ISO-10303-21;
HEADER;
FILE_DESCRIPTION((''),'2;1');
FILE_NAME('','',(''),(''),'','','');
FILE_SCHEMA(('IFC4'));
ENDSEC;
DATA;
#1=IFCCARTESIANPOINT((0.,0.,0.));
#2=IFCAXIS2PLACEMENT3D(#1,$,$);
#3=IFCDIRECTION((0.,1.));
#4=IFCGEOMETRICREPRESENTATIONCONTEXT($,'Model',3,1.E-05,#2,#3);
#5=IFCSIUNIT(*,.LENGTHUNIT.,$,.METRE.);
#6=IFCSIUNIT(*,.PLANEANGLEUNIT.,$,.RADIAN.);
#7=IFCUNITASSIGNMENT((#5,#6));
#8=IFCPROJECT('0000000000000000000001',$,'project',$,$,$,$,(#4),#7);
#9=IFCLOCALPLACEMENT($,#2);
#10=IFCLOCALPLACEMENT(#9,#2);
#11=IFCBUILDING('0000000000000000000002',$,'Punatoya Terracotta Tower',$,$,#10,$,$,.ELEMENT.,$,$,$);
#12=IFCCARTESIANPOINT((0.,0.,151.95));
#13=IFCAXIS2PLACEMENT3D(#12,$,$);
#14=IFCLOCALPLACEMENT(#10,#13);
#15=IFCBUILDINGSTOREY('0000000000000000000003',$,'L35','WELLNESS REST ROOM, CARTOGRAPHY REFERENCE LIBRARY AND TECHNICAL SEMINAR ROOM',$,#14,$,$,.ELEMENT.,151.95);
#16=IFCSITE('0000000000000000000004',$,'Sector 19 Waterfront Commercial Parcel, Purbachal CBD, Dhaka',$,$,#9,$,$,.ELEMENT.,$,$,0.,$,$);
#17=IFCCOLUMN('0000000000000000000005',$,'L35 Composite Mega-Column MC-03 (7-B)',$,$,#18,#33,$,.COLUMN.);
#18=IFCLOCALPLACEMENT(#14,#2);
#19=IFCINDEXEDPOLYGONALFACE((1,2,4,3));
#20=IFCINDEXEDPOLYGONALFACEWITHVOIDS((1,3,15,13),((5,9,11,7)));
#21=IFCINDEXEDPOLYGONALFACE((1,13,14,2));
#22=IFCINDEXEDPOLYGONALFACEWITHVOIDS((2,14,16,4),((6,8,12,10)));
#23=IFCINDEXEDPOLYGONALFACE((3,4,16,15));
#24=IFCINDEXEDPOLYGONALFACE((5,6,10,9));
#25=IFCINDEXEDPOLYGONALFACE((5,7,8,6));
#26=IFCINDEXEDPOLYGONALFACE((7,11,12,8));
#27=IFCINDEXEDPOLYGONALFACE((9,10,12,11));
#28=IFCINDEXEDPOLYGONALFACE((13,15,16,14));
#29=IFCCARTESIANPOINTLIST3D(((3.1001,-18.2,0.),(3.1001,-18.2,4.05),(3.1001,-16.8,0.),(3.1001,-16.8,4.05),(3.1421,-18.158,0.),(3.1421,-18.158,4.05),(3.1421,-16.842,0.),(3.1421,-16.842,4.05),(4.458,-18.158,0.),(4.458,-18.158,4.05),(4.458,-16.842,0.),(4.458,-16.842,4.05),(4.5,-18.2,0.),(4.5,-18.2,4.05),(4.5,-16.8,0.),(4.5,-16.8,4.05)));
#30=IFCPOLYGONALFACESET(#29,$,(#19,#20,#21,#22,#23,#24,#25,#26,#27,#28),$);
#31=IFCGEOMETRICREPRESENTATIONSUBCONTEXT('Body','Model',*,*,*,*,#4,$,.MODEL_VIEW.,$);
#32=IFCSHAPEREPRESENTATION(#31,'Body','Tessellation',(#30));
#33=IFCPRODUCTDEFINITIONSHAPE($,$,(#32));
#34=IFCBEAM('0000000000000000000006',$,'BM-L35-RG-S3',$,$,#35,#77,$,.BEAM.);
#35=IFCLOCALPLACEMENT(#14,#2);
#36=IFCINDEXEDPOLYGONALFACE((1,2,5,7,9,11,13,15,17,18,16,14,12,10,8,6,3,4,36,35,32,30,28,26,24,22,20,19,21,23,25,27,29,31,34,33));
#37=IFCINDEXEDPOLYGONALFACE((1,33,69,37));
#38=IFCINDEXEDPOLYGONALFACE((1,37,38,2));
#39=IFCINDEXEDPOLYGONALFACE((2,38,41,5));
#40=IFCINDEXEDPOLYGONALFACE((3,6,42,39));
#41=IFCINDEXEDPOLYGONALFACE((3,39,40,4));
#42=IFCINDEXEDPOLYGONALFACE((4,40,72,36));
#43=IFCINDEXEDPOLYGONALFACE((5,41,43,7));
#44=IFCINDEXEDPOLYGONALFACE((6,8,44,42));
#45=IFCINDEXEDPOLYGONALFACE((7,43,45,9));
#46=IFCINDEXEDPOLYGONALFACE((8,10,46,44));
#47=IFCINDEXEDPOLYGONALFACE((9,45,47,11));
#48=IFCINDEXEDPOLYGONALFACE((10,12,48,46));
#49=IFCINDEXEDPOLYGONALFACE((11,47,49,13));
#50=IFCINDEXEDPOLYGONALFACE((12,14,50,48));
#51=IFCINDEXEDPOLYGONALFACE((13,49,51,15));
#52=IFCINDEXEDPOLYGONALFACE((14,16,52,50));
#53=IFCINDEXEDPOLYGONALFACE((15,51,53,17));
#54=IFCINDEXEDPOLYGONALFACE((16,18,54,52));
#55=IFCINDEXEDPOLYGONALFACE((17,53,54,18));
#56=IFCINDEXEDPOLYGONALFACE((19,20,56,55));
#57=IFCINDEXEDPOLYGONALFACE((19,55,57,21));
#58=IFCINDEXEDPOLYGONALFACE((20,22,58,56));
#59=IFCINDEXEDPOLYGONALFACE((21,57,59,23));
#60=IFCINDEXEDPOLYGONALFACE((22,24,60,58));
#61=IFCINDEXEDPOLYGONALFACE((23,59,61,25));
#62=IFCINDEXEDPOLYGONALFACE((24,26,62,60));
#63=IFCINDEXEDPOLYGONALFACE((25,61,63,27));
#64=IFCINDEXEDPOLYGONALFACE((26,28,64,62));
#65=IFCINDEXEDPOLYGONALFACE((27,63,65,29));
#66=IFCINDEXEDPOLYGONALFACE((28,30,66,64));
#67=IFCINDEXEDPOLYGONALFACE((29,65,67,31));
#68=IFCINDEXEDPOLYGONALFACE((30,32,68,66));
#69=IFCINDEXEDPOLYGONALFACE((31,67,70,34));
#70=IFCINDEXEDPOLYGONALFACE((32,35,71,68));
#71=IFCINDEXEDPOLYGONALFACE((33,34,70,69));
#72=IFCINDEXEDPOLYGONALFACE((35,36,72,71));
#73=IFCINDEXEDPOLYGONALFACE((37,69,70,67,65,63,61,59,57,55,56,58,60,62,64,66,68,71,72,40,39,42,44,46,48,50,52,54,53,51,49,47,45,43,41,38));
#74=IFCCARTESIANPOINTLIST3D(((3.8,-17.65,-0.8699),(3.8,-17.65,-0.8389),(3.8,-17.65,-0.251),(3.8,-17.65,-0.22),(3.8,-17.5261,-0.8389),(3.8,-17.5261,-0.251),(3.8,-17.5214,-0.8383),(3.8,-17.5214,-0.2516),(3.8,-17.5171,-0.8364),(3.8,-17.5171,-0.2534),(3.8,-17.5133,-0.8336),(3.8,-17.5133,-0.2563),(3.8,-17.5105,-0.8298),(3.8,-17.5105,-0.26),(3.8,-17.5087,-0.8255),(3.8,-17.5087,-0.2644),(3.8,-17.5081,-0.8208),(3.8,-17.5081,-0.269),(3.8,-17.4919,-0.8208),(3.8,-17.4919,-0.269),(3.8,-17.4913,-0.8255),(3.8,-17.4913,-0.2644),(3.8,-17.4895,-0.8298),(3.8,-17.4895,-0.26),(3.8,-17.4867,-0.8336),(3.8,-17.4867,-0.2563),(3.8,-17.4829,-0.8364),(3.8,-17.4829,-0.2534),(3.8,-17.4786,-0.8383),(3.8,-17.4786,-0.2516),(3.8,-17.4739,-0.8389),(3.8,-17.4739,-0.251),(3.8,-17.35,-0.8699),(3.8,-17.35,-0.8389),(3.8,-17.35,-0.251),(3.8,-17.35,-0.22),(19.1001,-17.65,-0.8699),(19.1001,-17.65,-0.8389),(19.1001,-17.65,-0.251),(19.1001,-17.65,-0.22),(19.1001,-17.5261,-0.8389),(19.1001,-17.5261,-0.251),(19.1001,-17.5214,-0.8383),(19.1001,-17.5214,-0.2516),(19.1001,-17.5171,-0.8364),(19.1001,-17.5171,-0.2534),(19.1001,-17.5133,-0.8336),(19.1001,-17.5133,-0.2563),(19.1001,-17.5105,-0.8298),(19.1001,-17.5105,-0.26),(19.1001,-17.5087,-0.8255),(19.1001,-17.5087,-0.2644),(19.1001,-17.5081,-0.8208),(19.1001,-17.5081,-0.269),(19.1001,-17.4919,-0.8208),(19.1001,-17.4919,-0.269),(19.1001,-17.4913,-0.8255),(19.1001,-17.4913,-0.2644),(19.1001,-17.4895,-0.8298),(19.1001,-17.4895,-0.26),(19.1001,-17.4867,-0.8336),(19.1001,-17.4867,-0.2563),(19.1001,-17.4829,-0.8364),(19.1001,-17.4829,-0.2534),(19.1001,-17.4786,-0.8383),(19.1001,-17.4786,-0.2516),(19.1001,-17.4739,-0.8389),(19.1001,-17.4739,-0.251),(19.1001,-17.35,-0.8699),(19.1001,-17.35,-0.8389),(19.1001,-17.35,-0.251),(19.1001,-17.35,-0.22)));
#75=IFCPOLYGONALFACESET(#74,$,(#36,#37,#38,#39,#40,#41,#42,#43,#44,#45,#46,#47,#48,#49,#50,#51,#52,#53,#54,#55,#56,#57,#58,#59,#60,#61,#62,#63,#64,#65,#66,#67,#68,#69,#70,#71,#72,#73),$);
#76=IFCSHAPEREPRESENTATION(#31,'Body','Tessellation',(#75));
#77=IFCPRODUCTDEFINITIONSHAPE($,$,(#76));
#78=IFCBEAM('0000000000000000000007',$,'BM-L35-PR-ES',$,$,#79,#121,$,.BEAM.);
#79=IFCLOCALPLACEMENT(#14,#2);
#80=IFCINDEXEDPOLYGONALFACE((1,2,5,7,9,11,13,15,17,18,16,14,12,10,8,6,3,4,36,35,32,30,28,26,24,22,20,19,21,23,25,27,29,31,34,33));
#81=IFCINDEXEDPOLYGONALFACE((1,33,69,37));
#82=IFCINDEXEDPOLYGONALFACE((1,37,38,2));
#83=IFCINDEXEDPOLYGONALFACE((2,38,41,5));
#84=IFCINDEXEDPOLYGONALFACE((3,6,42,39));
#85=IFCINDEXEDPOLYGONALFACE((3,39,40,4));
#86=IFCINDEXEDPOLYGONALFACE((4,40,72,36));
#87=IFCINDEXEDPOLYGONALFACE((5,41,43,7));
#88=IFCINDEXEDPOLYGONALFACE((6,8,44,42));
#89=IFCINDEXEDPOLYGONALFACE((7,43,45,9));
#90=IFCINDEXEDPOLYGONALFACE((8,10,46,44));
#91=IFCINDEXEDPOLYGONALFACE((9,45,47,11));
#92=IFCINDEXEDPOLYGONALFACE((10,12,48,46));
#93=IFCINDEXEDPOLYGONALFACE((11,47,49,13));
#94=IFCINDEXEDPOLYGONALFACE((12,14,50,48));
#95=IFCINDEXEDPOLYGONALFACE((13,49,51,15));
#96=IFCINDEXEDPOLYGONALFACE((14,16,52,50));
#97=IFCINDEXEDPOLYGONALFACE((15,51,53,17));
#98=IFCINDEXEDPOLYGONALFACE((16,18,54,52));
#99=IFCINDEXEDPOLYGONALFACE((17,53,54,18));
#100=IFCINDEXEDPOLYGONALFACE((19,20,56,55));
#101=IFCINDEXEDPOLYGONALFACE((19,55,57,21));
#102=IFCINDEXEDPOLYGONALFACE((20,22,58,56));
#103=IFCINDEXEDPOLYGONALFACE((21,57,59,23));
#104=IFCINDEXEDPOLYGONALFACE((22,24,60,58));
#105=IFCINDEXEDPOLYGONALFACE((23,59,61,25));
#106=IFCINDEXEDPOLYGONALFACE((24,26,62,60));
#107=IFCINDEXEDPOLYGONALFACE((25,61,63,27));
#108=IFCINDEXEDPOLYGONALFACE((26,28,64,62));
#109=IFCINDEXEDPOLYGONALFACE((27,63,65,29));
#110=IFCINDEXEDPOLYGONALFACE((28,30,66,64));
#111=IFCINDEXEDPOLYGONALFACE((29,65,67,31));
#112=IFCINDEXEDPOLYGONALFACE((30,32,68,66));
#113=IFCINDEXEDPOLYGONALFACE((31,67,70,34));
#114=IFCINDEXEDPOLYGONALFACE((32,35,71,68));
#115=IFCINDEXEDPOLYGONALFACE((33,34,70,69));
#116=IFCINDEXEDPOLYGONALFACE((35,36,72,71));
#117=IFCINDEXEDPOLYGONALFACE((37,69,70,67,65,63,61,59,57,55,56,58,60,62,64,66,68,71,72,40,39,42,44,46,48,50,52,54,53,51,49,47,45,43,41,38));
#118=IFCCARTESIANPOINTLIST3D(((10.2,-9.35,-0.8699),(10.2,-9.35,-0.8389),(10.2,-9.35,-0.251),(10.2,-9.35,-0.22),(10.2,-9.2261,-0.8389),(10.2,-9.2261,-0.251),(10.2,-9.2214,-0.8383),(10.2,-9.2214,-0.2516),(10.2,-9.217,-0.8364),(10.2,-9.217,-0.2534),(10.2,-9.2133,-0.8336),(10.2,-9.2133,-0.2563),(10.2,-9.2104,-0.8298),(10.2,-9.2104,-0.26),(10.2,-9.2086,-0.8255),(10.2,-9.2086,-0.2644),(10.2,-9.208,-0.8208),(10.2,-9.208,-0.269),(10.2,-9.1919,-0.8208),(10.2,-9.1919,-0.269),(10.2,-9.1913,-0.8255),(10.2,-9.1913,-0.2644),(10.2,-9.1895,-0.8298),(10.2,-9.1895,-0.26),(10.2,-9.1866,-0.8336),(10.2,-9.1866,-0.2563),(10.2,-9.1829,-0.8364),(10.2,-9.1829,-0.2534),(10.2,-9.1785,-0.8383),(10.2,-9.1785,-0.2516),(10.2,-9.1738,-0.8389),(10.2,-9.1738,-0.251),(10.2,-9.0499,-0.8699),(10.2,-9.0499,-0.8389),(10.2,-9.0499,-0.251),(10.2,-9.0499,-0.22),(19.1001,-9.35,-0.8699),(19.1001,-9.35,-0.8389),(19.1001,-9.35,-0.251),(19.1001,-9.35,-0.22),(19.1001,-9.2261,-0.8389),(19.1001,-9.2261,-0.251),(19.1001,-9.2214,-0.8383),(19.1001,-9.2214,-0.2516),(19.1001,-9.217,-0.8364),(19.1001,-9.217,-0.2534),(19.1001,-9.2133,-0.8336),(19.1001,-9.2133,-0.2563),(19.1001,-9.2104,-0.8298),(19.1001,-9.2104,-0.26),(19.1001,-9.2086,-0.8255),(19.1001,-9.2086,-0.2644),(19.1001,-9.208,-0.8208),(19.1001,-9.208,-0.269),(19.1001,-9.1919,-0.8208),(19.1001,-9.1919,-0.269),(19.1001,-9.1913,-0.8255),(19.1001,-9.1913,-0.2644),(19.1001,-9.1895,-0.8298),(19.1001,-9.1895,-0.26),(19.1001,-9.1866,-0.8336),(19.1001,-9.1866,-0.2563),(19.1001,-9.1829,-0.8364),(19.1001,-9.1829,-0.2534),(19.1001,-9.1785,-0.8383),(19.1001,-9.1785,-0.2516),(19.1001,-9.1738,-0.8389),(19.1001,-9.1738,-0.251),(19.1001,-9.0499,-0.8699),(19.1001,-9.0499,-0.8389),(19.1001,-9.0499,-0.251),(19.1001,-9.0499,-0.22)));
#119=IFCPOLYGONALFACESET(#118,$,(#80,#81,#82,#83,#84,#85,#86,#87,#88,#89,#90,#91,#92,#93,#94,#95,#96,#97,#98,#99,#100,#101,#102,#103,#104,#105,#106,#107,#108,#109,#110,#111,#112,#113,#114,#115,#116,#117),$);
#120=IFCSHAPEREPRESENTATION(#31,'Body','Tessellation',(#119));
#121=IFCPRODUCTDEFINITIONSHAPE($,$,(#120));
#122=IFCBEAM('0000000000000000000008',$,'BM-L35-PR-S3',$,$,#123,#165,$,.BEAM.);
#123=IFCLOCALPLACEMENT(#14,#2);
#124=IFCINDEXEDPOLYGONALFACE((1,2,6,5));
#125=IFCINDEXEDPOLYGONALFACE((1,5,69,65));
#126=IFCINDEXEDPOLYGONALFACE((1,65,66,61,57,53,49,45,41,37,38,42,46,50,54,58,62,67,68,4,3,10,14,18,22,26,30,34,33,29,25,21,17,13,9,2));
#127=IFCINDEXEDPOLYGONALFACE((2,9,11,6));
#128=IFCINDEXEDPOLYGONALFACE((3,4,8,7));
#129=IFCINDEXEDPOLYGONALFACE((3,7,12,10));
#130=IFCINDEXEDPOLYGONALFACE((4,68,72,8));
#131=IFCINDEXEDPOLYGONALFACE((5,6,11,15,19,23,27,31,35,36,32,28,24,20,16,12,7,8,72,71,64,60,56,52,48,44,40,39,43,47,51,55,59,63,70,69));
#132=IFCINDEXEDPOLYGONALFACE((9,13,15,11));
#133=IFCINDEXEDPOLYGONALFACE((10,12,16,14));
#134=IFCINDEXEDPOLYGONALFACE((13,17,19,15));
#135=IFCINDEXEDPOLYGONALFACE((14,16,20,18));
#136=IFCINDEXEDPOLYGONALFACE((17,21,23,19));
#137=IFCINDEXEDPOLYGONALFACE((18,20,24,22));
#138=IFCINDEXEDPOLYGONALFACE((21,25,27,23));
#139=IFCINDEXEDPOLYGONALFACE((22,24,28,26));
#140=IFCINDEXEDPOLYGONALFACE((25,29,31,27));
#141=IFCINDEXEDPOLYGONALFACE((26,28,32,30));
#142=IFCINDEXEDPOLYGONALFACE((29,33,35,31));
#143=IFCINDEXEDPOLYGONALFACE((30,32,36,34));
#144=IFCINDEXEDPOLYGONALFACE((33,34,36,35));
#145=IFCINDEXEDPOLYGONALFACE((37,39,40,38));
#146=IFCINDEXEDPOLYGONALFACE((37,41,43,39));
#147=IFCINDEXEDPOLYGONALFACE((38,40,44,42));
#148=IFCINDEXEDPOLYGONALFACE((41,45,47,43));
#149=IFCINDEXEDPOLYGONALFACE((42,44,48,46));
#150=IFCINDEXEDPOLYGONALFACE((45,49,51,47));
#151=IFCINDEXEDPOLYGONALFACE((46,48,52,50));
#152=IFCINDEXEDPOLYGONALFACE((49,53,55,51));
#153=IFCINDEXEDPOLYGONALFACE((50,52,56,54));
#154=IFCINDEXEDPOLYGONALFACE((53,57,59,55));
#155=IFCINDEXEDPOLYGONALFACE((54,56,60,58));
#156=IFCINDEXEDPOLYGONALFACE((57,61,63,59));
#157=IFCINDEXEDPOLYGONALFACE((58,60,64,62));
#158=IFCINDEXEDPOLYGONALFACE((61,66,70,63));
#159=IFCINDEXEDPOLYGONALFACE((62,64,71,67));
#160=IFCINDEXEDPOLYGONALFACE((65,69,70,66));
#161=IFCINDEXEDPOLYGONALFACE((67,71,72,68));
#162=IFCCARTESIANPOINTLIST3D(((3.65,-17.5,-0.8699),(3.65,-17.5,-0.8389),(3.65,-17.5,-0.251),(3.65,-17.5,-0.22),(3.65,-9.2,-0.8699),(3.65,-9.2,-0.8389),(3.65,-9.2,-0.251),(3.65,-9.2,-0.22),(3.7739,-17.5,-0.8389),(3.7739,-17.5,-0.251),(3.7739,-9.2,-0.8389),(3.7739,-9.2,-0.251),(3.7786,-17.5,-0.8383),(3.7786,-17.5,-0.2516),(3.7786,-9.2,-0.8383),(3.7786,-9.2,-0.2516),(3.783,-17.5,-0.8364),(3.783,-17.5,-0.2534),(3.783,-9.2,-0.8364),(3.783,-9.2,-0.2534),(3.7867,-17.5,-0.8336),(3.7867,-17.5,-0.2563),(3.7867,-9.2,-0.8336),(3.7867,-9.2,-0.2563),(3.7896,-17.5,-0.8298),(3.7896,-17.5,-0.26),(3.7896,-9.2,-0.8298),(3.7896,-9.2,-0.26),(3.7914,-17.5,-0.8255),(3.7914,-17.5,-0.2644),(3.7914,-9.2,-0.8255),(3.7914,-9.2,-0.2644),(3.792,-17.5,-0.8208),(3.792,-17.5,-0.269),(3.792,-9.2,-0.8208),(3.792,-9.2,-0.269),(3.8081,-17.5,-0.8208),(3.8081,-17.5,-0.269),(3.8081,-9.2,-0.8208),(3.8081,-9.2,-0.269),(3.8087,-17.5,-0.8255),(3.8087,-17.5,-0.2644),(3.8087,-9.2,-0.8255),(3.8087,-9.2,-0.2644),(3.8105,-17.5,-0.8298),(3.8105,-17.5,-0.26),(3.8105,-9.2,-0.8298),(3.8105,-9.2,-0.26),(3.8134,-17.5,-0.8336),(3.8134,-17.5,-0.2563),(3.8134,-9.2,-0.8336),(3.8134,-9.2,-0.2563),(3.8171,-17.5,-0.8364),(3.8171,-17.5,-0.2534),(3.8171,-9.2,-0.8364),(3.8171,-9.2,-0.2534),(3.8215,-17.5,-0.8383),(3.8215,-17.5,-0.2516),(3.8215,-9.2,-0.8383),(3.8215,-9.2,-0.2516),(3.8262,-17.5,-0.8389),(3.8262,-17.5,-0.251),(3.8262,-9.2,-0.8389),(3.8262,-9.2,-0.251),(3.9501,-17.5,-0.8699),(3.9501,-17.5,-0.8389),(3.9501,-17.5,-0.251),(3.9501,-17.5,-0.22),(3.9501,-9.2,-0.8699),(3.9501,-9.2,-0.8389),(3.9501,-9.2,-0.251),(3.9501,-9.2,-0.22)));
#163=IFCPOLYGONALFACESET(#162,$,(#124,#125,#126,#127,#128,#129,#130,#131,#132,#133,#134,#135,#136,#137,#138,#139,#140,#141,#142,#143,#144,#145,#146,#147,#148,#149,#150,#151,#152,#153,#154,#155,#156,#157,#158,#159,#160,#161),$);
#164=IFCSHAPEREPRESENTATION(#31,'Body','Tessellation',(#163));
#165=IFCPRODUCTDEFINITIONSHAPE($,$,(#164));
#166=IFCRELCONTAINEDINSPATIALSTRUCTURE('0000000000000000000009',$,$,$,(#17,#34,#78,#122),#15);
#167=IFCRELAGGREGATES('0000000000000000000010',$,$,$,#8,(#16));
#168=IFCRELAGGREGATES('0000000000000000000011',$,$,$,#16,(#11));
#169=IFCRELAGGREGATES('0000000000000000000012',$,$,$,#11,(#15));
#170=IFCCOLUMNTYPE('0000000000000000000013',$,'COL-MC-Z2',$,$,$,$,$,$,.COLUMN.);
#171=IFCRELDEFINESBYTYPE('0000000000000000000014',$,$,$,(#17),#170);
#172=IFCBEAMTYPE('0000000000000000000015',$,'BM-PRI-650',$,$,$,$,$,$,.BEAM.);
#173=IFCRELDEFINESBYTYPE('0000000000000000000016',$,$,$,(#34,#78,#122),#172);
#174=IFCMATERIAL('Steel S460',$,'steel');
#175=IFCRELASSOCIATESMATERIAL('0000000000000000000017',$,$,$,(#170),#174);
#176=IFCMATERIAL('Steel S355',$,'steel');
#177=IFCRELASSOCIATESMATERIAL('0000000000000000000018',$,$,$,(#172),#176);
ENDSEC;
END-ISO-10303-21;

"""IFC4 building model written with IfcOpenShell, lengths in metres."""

from ifc_helpers import new_model, si_unit, direction, frame, origin, origin_2d, place, context, subcontext, project, spatial, hollow_rectangle, i_section, extrude, material, material_profile, profile_set, type_object, element, save


model = new_model("IFC4")

# Units and contexts
model_context = context("Model", 3, precision=1e-05, world=origin(), true_north=direction((0.0, 1.0)))
body_context = subcontext(model_context, "Body", "Model", "MODEL_VIEW")
ifc_project = project(units=[si_unit("LENGTHUNIT", "METRE"), si_unit("PLANEANGLEUNIT", "RADIAN")], contexts=[model_context])

# Site, building, storey
site_placement = place(None, origin())
site = spatial("IfcSite", under=ifc_project, at=site_placement, Name="Sector 19 Waterfront Commercial Parcel, Purbachal CBD, Dhaka", CompositionType="ELEMENT", RefElevation=0.0)
building_placement = place(site_placement, origin())
building = spatial("IfcBuilding", under=site, at=building_placement, Name="Punatoya Terracotta Tower", CompositionType="ELEMENT")
storey_placement = place(building_placement, frame((0.0, 0.0, 151.95)))
storey = spatial("IfcBuildingStorey", under=building, at=storey_placement, Name="L35", Description="WELLNESS REST ROOM, CARTOGRAPHY REFERENCE LIBRARY AND TECHNICAL SEMINAR ROOM", CompositionType="ELEMENT", Elevation=151.95)

# Column
ifc_material_1 = material(Name="Steel S460", Category="steel")
ifc_material_profile_1 = material_profile(ifc_material_1, hollow_rectangle(XDim=1.3999, YDim=1.3999, WallThickness=0.042, at=origin_2d()))
ifc_profile_set_1 = profile_set([ifc_material_profile_1], Name="Steel S460")
column_type = type_object("IfcColumnType", Name="COL-MC-Z2", PredefinedType="COLUMN", material=ifc_profile_set_1)
column_placement = place(storey_placement, frame((3.8, -17.5, 0.0), z_axis=(0.0, 0.0, 1.0), x_axis=(1.0, 0.0, 0.0)))
element("IfcColumn", 1, at=column_placement, inside=storey, type_object=column_type, Name="L35 Composite Mega-Column MC-03 (7-B)", PredefinedType="COLUMN", context=body_context, shape_type="SweptSolid", body=[
    extrude(hollow_rectangle(XDim=1.3999, YDim=1.3999, WallThickness=0.042, at=origin_2d()), origin(), (0.0, 0.0, 1.0), 4.05),
])

# Beams
ifc_material_2 = material(Name="Steel S355", Category="steel")
ifc_material_profile_2 = material_profile(ifc_material_2, i_section(OverallWidth=0.3, OverallDepth=0.6499, WebThickness=0.0161, FlangeThickness=0.031, FilletRadius=0.0181, at=origin_2d()))
ifc_profile_set_2 = profile_set([ifc_material_profile_2], Name="Steel S355")
beam_type_1 = type_object("IfcBeamType", Name="BM-PRI-650", PredefinedType="BEAM", material=ifc_profile_set_2)
beam_1_placement = place(storey_placement, frame((3.8, -17.5, -0.5449), z_axis=(1.0, 0.0, 0.0), x_axis=(0.0, 1.0, 0.0)))
element("IfcBeam", 2, at=beam_1_placement, inside=storey, type_object=beam_type_1, Name="BM-L35-RG-S3", PredefinedType="BEAM", context=body_context, shape_type="SweptSolid", body=[
    extrude(i_section(OverallWidth=0.3, OverallDepth=0.6499, WebThickness=0.0161, FlangeThickness=0.031, FilletRadius=0.0181, at=origin_2d()), origin(), (0.0, 0.0, 1.0), 15.3),
])
beam_2_placement = place(storey_placement, frame((10.2, -9.2, -0.5449), z_axis=(1.0, 0.0, 0.0), x_axis=(0.0, 1.0, 0.0)))
element("IfcBeam", 3, at=beam_2_placement, inside=storey, type_object=beam_type_1, Name="BM-L35-PR-ES", PredefinedType="BEAM", context=body_context, shape_type="SweptSolid", body=[
    extrude(i_section(OverallWidth=0.3, OverallDepth=0.6499, WebThickness=0.0161, FlangeThickness=0.031, FilletRadius=0.0181, at=origin_2d()), origin(), (0.0, 0.0, 1.0), 8.9001),
])
for number, where, z_axis, x_axis, name in (
    (4, (3.8, -17.5, -0.5449), (0.0, 1.0, 0.0), (-1.0, 0.0, 0.0), "BM-L35-PR-S3"),
):
    element("IfcBeam", number, at=place(storey_placement, frame(where, z_axis=z_axis, x_axis=x_axis)), inside=storey, type_object=beam_type_1, Name=name, PredefinedType="BEAM", context=body_context, shape_type="SweptSolid", body=[
        extrude(i_section(OverallWidth=0.3, OverallDepth=0.6499, WebThickness=0.0161, FlangeThickness=0.031, FilletRadius=0.0181, at=origin_2d()), origin(), (0.0, 0.0, 1.0), 8.3),
    ])

save(model, "model.ifc")
